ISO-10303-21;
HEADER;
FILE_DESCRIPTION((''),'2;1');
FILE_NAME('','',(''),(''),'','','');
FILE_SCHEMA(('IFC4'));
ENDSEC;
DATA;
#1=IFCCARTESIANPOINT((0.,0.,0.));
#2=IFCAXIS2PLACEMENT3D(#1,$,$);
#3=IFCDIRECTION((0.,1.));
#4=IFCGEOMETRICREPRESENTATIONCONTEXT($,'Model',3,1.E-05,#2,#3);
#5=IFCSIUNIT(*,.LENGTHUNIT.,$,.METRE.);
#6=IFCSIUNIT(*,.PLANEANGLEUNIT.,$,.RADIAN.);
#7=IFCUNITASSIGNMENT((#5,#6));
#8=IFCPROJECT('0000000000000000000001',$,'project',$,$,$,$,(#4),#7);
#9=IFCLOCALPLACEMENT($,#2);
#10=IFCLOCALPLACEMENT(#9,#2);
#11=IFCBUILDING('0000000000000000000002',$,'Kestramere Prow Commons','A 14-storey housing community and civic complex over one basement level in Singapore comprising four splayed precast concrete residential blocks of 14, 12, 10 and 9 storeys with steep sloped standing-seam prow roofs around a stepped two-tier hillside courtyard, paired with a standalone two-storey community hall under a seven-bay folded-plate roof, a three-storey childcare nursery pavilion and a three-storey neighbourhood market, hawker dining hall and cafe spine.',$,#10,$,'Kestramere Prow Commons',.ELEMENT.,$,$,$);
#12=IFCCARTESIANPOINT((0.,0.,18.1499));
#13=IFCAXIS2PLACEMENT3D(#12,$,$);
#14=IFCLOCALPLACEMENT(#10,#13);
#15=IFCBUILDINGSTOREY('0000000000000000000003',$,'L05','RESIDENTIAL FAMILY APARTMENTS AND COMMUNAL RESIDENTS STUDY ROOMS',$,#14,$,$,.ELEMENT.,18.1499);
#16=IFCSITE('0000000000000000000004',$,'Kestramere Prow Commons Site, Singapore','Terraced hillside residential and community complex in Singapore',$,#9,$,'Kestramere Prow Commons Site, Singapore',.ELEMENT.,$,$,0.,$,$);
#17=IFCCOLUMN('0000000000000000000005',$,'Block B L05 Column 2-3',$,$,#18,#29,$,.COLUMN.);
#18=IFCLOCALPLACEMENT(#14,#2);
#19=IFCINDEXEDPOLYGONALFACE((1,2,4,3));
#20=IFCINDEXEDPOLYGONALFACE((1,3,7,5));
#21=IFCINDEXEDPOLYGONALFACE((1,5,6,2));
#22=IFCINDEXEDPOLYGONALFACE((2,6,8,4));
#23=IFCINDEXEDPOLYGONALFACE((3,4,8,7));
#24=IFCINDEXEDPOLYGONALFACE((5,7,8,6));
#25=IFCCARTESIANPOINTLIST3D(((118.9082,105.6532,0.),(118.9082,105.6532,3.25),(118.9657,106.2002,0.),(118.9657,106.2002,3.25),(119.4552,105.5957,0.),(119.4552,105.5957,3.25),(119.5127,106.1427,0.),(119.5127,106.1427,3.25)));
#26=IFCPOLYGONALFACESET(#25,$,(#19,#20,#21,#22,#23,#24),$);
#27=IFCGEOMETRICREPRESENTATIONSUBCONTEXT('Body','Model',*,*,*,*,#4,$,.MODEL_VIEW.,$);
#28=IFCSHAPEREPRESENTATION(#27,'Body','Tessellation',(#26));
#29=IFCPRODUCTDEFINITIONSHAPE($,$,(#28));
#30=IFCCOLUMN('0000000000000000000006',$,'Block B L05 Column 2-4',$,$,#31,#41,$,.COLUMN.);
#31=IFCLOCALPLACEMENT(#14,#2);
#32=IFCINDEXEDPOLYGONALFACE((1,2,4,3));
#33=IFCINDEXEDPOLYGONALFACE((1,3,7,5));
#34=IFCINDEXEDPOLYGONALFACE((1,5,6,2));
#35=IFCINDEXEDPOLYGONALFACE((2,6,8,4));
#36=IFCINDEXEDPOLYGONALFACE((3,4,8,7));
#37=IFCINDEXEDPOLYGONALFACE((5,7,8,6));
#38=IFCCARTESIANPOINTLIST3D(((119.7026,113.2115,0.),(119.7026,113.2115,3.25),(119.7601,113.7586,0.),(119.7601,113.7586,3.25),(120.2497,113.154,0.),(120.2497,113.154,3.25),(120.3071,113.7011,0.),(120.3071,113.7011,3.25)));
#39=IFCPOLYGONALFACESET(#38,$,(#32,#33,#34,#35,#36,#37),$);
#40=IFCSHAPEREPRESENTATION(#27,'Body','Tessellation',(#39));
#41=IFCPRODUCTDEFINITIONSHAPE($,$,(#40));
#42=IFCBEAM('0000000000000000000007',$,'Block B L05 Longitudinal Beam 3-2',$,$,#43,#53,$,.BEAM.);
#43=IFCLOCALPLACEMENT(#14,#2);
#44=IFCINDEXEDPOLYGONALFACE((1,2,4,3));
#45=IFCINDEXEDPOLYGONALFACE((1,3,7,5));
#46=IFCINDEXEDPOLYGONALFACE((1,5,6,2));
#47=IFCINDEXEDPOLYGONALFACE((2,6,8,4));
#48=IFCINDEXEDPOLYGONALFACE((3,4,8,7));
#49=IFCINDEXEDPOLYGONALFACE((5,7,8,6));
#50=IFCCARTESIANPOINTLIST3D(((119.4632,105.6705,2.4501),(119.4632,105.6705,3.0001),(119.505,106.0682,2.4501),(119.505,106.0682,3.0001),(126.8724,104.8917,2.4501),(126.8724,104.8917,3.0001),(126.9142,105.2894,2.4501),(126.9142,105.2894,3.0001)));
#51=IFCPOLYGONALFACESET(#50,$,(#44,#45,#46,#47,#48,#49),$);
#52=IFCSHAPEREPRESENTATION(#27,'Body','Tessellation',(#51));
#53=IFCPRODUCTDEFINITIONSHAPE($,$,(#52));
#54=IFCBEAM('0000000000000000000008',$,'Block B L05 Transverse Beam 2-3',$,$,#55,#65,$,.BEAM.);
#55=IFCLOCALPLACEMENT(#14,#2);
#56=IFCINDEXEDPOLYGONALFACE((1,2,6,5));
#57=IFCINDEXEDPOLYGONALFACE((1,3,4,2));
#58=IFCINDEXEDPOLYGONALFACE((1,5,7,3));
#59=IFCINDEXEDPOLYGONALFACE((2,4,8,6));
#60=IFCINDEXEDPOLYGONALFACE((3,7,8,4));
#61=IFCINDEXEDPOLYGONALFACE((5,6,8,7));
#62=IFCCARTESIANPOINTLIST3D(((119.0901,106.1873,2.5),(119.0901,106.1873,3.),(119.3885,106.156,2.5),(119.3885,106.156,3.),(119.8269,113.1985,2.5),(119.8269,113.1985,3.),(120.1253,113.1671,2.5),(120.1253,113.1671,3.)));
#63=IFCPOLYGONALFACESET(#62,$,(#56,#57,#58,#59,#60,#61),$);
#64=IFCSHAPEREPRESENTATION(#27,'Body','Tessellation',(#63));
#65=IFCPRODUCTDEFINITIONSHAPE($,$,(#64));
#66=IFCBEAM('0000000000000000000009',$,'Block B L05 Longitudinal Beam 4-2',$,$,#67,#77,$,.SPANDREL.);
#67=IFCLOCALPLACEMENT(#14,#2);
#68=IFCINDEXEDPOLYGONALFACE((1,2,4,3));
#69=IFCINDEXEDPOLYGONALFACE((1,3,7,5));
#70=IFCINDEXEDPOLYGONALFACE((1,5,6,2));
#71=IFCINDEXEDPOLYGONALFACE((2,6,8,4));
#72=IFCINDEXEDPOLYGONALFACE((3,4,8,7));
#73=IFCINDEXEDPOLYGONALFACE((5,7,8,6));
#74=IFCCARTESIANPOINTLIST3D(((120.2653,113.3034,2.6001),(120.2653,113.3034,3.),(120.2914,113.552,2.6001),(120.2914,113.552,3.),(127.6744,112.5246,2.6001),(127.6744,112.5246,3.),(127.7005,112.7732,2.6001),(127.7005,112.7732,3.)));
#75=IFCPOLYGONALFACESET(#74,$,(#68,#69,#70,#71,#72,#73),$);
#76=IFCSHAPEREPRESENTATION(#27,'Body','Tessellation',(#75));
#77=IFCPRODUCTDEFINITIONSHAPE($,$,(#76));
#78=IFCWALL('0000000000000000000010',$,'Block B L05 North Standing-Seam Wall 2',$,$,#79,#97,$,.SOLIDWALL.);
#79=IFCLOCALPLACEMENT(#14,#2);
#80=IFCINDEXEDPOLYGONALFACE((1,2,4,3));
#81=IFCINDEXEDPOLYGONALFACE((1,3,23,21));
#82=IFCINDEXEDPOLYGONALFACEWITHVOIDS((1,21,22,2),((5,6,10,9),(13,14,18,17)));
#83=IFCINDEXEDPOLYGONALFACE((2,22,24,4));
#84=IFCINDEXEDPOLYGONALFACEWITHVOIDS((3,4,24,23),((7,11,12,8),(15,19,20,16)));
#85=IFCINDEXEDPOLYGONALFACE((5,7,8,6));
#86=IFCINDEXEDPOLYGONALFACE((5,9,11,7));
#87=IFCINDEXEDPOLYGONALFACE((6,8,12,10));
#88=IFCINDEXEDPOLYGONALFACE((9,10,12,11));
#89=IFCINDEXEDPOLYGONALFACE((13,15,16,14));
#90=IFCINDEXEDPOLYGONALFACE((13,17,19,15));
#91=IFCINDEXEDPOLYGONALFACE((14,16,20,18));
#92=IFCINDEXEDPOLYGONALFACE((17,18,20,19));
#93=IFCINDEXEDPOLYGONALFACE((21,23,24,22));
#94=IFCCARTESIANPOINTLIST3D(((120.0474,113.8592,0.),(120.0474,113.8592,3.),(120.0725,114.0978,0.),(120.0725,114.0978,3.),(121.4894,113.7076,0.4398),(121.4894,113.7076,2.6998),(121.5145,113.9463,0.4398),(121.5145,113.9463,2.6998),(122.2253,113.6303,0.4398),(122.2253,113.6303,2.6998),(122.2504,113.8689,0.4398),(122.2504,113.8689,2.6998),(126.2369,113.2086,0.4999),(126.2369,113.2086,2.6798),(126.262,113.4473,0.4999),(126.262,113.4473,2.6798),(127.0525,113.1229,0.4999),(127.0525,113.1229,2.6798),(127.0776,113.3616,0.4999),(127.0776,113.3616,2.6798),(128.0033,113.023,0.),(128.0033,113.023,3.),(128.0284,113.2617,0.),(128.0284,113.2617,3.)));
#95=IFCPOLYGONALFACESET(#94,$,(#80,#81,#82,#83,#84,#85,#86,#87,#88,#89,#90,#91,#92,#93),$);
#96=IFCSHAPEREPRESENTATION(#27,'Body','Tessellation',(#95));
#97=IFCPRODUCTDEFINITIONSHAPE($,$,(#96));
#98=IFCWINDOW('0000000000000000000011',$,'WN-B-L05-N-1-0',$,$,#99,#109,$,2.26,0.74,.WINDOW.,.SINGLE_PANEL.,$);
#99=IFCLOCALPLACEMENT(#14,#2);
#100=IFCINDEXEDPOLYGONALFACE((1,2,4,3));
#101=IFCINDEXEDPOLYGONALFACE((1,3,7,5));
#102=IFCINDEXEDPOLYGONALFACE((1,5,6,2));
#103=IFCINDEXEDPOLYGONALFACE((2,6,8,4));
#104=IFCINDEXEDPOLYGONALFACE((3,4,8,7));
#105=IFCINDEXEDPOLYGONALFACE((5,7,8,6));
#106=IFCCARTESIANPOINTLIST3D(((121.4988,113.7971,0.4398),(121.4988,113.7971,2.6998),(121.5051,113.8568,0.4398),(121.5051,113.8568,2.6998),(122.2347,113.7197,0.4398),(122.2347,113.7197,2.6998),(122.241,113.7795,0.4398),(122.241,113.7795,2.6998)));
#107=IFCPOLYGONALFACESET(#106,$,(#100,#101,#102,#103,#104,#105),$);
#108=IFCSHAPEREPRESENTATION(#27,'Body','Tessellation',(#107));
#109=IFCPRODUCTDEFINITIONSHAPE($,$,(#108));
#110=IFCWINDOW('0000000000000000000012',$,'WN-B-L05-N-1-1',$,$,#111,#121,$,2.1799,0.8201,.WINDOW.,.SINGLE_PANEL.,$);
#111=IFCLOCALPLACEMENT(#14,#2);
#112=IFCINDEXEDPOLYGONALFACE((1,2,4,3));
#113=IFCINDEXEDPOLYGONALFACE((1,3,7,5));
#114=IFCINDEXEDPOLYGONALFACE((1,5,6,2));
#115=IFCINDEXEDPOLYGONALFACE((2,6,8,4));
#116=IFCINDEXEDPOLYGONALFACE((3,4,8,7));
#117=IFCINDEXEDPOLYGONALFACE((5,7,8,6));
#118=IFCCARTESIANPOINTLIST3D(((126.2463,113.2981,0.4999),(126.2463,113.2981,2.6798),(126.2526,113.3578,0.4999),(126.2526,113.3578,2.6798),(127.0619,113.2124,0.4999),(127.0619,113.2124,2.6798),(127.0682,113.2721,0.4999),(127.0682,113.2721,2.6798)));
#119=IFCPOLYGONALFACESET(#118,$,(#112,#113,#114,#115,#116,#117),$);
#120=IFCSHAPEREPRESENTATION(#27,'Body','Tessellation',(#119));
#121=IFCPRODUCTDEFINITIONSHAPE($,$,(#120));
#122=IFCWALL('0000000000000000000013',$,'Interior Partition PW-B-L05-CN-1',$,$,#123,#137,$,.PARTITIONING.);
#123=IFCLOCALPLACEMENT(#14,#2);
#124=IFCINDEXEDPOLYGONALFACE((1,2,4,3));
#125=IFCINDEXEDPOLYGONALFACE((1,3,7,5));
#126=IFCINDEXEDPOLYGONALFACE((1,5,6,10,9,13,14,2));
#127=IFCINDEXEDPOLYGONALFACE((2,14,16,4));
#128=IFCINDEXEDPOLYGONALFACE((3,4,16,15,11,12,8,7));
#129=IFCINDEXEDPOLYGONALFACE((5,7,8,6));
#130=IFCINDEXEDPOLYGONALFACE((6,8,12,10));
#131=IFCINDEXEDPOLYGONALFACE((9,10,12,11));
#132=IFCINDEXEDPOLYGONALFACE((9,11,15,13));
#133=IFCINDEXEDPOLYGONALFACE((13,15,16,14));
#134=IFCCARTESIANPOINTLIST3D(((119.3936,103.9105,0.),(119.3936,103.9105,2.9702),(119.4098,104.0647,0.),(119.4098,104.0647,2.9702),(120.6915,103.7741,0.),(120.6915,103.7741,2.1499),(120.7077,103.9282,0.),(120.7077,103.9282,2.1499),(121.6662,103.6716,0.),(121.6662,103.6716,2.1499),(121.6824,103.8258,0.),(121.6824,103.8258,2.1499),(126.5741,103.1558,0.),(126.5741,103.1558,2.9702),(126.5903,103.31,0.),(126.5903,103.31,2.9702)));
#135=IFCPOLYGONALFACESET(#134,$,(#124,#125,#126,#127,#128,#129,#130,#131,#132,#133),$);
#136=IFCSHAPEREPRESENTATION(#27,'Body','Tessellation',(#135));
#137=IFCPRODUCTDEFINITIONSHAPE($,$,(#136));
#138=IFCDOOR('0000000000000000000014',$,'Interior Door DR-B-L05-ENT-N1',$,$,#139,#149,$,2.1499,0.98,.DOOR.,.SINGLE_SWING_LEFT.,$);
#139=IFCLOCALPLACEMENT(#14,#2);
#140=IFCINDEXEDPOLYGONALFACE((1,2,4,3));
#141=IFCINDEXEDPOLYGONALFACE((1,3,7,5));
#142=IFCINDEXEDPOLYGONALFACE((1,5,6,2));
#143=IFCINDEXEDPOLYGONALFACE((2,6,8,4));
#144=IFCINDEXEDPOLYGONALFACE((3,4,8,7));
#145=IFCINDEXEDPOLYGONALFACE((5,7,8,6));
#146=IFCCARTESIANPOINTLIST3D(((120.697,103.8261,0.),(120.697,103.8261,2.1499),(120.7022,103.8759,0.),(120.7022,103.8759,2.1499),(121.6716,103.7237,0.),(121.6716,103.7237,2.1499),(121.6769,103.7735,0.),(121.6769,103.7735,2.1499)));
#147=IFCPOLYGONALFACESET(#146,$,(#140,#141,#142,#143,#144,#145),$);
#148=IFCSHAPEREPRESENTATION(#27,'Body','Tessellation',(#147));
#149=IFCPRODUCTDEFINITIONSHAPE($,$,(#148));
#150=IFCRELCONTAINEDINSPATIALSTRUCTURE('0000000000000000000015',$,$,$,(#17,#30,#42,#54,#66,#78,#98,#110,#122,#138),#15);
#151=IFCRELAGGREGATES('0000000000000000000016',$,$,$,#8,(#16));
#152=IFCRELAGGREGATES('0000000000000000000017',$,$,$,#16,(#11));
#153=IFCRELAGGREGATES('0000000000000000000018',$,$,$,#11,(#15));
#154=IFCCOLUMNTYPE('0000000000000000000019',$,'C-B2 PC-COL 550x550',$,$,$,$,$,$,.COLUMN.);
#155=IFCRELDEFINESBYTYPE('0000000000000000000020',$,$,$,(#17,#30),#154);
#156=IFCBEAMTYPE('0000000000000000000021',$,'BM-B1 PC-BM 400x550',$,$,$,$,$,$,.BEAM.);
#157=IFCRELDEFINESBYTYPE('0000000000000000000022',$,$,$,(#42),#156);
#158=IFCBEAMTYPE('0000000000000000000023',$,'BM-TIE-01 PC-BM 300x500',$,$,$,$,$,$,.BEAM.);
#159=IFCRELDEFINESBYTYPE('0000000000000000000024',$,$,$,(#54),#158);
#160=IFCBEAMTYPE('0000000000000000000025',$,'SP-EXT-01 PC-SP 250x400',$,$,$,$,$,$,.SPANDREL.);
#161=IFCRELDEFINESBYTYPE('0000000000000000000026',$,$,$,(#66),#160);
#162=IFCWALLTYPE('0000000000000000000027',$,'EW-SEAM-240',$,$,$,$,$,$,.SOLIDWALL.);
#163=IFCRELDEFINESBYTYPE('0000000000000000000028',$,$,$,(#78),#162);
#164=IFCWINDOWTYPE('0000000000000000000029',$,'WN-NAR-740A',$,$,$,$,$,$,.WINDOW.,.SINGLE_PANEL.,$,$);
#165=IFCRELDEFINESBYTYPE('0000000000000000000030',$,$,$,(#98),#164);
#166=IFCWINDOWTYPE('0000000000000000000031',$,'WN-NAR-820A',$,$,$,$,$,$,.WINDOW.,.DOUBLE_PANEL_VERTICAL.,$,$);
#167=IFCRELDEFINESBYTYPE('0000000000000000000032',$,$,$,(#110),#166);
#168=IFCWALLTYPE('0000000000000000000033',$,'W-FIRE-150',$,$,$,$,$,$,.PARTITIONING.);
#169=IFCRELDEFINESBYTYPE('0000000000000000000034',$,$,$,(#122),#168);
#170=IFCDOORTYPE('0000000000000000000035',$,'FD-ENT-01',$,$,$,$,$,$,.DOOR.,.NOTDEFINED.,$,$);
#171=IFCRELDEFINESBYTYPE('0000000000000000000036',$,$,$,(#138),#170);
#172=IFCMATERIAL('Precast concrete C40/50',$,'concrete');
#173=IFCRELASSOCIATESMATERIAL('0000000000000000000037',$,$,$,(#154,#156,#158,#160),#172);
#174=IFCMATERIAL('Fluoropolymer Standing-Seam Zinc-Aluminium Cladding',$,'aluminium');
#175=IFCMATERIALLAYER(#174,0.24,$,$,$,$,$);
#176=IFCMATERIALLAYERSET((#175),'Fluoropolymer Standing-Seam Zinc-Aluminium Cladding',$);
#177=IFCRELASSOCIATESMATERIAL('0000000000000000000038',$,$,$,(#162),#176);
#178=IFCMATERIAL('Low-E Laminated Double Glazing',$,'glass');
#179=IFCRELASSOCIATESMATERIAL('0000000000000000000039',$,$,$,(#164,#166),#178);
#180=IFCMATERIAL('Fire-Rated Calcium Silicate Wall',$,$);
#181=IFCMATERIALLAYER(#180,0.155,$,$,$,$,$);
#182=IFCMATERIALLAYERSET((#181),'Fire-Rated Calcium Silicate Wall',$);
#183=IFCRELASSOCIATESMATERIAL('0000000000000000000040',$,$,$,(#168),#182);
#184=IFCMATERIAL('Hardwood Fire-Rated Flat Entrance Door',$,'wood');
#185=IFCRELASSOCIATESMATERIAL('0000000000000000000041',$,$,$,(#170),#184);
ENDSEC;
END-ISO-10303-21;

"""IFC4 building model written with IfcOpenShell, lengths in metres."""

from ifc_helpers import new_model, si_unit, direction, frame, frame_2d, origin, origin_2d, place, context, subcontext, project, spatial, rectangle, extrude, material, layer, layer_set, material_profile, profile_set, type_object, element, fill, save


model = new_model("IFC4")

# Units and contexts
model_context = context("Model", 3, precision=1e-05, world=origin(), true_north=direction((0.0, 1.0)))
body_context = subcontext(model_context, "Body", "Model", "MODEL_VIEW")
ifc_project = project(units=[si_unit("LENGTHUNIT", "METRE"), si_unit("PLANEANGLEUNIT", "RADIAN")], contexts=[model_context])

# Site, building, storey
site_placement = place(None, origin())
site = spatial("IfcSite", under=ifc_project, at=site_placement, Name="Kestramere Prow Commons Site, Singapore", Description="Terraced hillside residential and community complex in Singapore", LongName="Kestramere Prow Commons Site, Singapore", CompositionType="ELEMENT", RefElevation=0.0)
building_placement = place(site_placement, origin())
building = spatial("IfcBuilding", under=site, at=building_placement, Name="Kestramere Prow Commons", Description="A 14-storey housing community and civic complex over one basement level in Singapore comprising four splayed precast concrete residential blocks of 14, 12, 10 and 9 storeys with steep sloped standing-seam prow roofs around a stepped two-tier hillside courtyard, paired with a standalone two-storey community hall under a seven-bay folded-plate roof, a three-storey childcare nursery pavilion and a three-storey neighbourhood market, hawker dining hall and cafe spine.", LongName="Kestramere Prow Commons", CompositionType="ELEMENT")
storey_placement = place(building_placement, frame((0.0, 0.0, 18.1499)))
storey = spatial("IfcBuildingStorey", under=building, at=storey_placement, Name="L05", Description="RESIDENTIAL FAMILY APARTMENTS AND COMMUNAL RESIDENTS STUDY ROOMS", CompositionType="ELEMENT", Elevation=18.1499)

# Columns
ifc_material_1 = material(Name="Precast concrete C40/50", Category="concrete")
ifc_material_profile_1 = material_profile(ifc_material_1, rectangle(XDim=0.55, YDim=0.55, at=origin_2d()), Name="PC-COL 550x550")
ifc_profile_set_1 = profile_set([ifc_material_profile_1], Name="Precast concrete C40/50")
column_type = type_object("IfcColumnType", Name="C-B2 PC-COL 550x550", PredefinedType="COLUMN", material=ifc_profile_set_1)
for number, where, z_axis, x_axis, name in (
    (1, (119.2104, 105.8979, 0.0), (0.0, 0.0, 1.0), (0.994522, -0.104528, 0.0), "Block B L05 Column 2-3"),
    (2, (120.0049, 113.4563, 0.0), (0.0, 0.0, 1.0), (0.994522, -0.104528, 0.0), "Block B L05 Column 2-4"),
):
    element("IfcColumn", number, at=place(storey_placement, frame(where, z_axis=z_axis, x_axis=x_axis)), inside=storey, type_object=column_type, Name=name, PredefinedType="COLUMN", context=body_context, shape_type="SweptSolid", body=[
        extrude(rectangle(XDim=0.55, YDim=0.55, at=origin_2d()), origin(), (0.0, 0.0, 1.0), 3.25),
    ])

# Beams
ifc_material_profile_2 = material_profile(ifc_material_1, rectangle(XDim=0.3999, YDim=0.55, at=origin_2d()), Name="PC-BM 400x550")
ifc_profile_set_2 = profile_set([ifc_material_profile_2], Name="Precast concrete C40/50")
beam_type_1 = type_object("IfcBeamType", Name="BM-B1 PC-BM 400x550", PredefinedType="BEAM", material=ifc_profile_set_2)
beam_1_placement = place(storey_placement, frame((119.4841, 105.8694, 2.7251), z_axis=(0.994521, -0.104538, 0.0), x_axis=(0.104538, 0.994521, 0.0)))
element("IfcBeam", 3, at=beam_1_placement, inside=storey, type_object=beam_type_1, Name="Block B L05 Longitudinal Beam 3-2", PredefinedType="BEAM", context=body_context, shape_type="SweptSolid", body=[
    extrude(rectangle(XDim=0.3999, YDim=0.55, at=origin_2d()), origin(), (0.0, 0.0, 1.0), 7.45),
])
ifc_material_profile_3 = material_profile(ifc_material_1, rectangle(XDim=0.3, YDim=0.5, at=origin_2d()), Name="PC-BM 300x500")
ifc_profile_set_3 = profile_set([ifc_material_profile_3], Name="Precast concrete C40/50")
beam_type_2 = type_object("IfcBeamType", Name="BM-TIE-01 PC-BM 300x500", PredefinedType="BEAM", material=ifc_profile_set_3)
beam_2_placement = place(storey_placement, frame((119.2393, 106.1716, 2.75), z_axis=(0.104515, 0.994523, 0.0), x_axis=(-0.994523, 0.104515, 0.0)))
element("IfcBeam", 4, at=beam_2_placement, inside=storey, type_object=beam_type_2, Name="Block B L05 Transverse Beam 2-3", PredefinedType="BEAM", context=body_context, shape_type="SweptSolid", body=[
    extrude(rectangle(XDim=0.3, YDim=0.5, at=origin_2d()), origin(), (0.0, 0.0, 1.0), 7.0498),
])
ifc_material_profile_4 = material_profile(ifc_material_1, rectangle(XDim=0.25, YDim=0.3999, at=origin_2d()), Name="PC-SP 250x400")
ifc_profile_set_4 = profile_set([ifc_material_profile_4], Name="Precast concrete C40/50")
beam_type_3 = type_object("IfcBeamType", Name="SP-EXT-01 PC-SP 250x400", PredefinedType="SPANDREL", material=ifc_profile_set_4)
beam_3_placement = place(storey_placement, frame((120.2783, 113.4277, 2.8), z_axis=(0.994521, -0.104538, 0.0), x_axis=(0.104538, 0.994521, 0.0)))
element("IfcBeam", 5, at=beam_3_placement, inside=storey, type_object=beam_type_3, Name="Block B L05 Longitudinal Beam 4-2", PredefinedType="SPANDREL", context=body_context, shape_type="SweptSolid", body=[
    extrude(rectangle(XDim=0.25, YDim=0.3999, at=origin_2d()), origin(), (0.0, 0.0, 1.0), 7.45),
])

# Wall, openings, windows
ifc_material_2 = material(Name="Fluoropolymer Standing-Seam Zinc-Aluminium Cladding", Category="aluminium")
ifc_layer_1 = layer(ifc_material_2, 0.24)
ifc_layer_set_1 = layer_set([ifc_layer_1], Name="Fluoropolymer Standing-Seam Zinc-Aluminium Cladding")
wall_type_1 = type_object("IfcWallType", Name="EW-SEAM-240", PredefinedType="SOLIDWALL", material=ifc_layer_set_1)
wall_1_placement = place(storey_placement, frame((120.0598, 113.9785, 0.0), z_axis=(0.0, 0.0, 1.0), x_axis=(0.994522, -0.104524, 0.0)))
wall_1 = element("IfcWall", 6, at=wall_1_placement, inside=storey, type_object=wall_type_1, Name="Block B L05 North Standing-Seam Wall 2", PredefinedType="SOLIDWALL", context=body_context, shape_type="SweptSolid", body=[
    extrude(rectangle(XDim=7.9998, YDim=0.24, at=frame_2d((4.0, 0.0))), origin(), (0.0, 0.0, 1.0), 3.0),
])
opening_1_placement = place(wall_1_placement, frame((1.45, 0.0, 0.4399)))
opening_1 = element("IfcOpeningElement", 7, at=opening_1_placement, cuts=wall_1, PredefinedType="OPENING", context=body_context, shape_type="SweptSolid", body=[
    extrude(rectangle(XDim=0.74, YDim=2.26, at=frame_2d((0.3701, 1.1299))), frame((0.0, 0.135, 0.0), z_axis=(0.0, -1.0, 0.0), x_axis=(1.0, 0.0, 0.0)), (0.0, 0.0, 1.0), 0.27),
])
opening_2_placement = place(wall_1_placement, frame((6.2236, 0.0, 0.5)))
opening_2 = element("IfcOpeningElement", 8, at=opening_2_placement, cuts=wall_1, PredefinedType="OPENING", context=body_context, shape_type="SweptSolid", body=[
    extrude(rectangle(XDim=0.8201, YDim=2.1799, at=frame_2d((0.4102, 1.0898))), frame((0.0, 0.135, 0.0), z_axis=(0.0, -1.0, 0.0), x_axis=(1.0, 0.0, 0.0)), (0.0, 0.0, 1.0), 0.27),
])
ifc_material_3 = material(Name="Low-E Laminated Double Glazing", Category="glass")
window_type_1 = type_object("IfcWindowType", Name="WN-NAR-740A", PartitioningType="SINGLE_PANEL", PredefinedType="WINDOW", material=ifc_material_3)
window_1_placement = place(opening_1_placement, origin())
window_1 = element("IfcWindow", 9, at=window_1_placement, inside=storey, type_object=window_type_1, Name="WN-B-L05-N-1-0", OverallHeight=2.26, OverallWidth=0.74, PartitioningType="SINGLE_PANEL", PredefinedType="WINDOW", context=body_context, shape_type="SweptSolid", body=[
    extrude(rectangle(XDim=0.74, YDim=2.26, at=frame_2d((0.3701, 1.1299))), frame((0.0, 0.03, 0.0), z_axis=(0.0, -1.0, 0.0), x_axis=(1.0, 0.0, 0.0)), (0.0, 0.0, 1.0), 0.0601),
])
fill(opening_1, window_1)
window_type_2 = type_object("IfcWindowType", Name="WN-NAR-820A", PartitioningType="DOUBLE_PANEL_VERTICAL", PredefinedType="WINDOW", material=ifc_material_3)
window_2_placement = place(opening_2_placement, origin())
window_2 = element("IfcWindow", 10, at=window_2_placement, inside=storey, type_object=window_type_2, Name="WN-B-L05-N-1-1", OverallHeight=2.1799, OverallWidth=0.8201, PartitioningType="SINGLE_PANEL", PredefinedType="WINDOW", context=body_context, shape_type="SweptSolid", body=[
    extrude(rectangle(XDim=0.8201, YDim=2.1799, at=frame_2d((0.4102, 1.0898))), frame((0.0, 0.03, 0.0), z_axis=(0.0, -1.0, 0.0), x_axis=(1.0, 0.0, 0.0)), (0.0, 0.0, 1.0), 0.0601),
])
fill(opening_2, window_2)

# Wall, opening, door
ifc_material_4 = material(Name="Fire-Rated Calcium Silicate Wall")
ifc_layer_2 = layer(ifc_material_4, 0.155)
ifc_layer_set_2 = layer_set([ifc_layer_2], Name="Fire-Rated Calcium Silicate Wall")
wall_type_2 = type_object("IfcWallType", Name="W-FIRE-150", PredefinedType="PARTITIONING", material=ifc_layer_set_2)
wall_2_placement = place(storey_placement, frame((119.4019, 103.9875, 0.0), z_axis=(0.0, 0.0, 1.0), x_axis=(0.994523, -0.104521, 0.0)))
wall_2 = element("IfcWall", 11, at=wall_2_placement, inside=storey, type_object=wall_type_2, Name="Interior Partition PW-B-L05-CN-1", PredefinedType="PARTITIONING", context=body_context, shape_type="SweptSolid", body=[
    extrude(rectangle(XDim=7.22, YDim=0.155, at=frame_2d((3.6099, 0.0))), origin(), (0.0, 0.0, 1.0), 2.9702),
])
opening_3_placement = place(wall_2_placement, frame((1.3049, 0.0, 0.0)))
opening_3 = element("IfcOpeningElement", 12, at=opening_3_placement, cuts=wall_2, PredefinedType="OPENING", context=body_context, shape_type="SweptSolid", body=[
    extrude(rectangle(XDim=0.98, YDim=2.1499, at=frame_2d((0.49, 1.075))), frame((0.0, 0.0925, 0.0), z_axis=(0.0, -1.0, 0.0), x_axis=(1.0, 0.0, 0.0)), (0.0, 0.0, 1.0), 0.1851),
])
ifc_material_5 = material(Name="Hardwood Fire-Rated Flat Entrance Door", Category="wood")
door_type_1 = type_object("IfcDoorType", Name="FD-ENT-01", OperationType="NOTDEFINED", PredefinedType="DOOR", material=ifc_material_5)
door_1_placement = place(opening_3_placement, origin())
door_1 = element("IfcDoor", 13, at=door_1_placement, inside=storey, type_object=door_type_1, Name="Interior Door DR-B-L05-ENT-N1", OperationType="SINGLE_SWING_LEFT", OverallHeight=2.1499, OverallWidth=0.98, PredefinedType="DOOR", context=body_context, shape_type="SweptSolid", body=[
    extrude(rectangle(XDim=0.98, YDim=2.1499, at=frame_2d((0.49, 1.075))), frame((0.0, 0.0249, 0.0), z_axis=(0.0, -1.0, 0.0), x_axis=(1.0, 0.0, 0.0)), (0.0, 0.0, 1.0), 0.05),
])
fill(opening_3, door_1)

save(model, "model.ifc")
